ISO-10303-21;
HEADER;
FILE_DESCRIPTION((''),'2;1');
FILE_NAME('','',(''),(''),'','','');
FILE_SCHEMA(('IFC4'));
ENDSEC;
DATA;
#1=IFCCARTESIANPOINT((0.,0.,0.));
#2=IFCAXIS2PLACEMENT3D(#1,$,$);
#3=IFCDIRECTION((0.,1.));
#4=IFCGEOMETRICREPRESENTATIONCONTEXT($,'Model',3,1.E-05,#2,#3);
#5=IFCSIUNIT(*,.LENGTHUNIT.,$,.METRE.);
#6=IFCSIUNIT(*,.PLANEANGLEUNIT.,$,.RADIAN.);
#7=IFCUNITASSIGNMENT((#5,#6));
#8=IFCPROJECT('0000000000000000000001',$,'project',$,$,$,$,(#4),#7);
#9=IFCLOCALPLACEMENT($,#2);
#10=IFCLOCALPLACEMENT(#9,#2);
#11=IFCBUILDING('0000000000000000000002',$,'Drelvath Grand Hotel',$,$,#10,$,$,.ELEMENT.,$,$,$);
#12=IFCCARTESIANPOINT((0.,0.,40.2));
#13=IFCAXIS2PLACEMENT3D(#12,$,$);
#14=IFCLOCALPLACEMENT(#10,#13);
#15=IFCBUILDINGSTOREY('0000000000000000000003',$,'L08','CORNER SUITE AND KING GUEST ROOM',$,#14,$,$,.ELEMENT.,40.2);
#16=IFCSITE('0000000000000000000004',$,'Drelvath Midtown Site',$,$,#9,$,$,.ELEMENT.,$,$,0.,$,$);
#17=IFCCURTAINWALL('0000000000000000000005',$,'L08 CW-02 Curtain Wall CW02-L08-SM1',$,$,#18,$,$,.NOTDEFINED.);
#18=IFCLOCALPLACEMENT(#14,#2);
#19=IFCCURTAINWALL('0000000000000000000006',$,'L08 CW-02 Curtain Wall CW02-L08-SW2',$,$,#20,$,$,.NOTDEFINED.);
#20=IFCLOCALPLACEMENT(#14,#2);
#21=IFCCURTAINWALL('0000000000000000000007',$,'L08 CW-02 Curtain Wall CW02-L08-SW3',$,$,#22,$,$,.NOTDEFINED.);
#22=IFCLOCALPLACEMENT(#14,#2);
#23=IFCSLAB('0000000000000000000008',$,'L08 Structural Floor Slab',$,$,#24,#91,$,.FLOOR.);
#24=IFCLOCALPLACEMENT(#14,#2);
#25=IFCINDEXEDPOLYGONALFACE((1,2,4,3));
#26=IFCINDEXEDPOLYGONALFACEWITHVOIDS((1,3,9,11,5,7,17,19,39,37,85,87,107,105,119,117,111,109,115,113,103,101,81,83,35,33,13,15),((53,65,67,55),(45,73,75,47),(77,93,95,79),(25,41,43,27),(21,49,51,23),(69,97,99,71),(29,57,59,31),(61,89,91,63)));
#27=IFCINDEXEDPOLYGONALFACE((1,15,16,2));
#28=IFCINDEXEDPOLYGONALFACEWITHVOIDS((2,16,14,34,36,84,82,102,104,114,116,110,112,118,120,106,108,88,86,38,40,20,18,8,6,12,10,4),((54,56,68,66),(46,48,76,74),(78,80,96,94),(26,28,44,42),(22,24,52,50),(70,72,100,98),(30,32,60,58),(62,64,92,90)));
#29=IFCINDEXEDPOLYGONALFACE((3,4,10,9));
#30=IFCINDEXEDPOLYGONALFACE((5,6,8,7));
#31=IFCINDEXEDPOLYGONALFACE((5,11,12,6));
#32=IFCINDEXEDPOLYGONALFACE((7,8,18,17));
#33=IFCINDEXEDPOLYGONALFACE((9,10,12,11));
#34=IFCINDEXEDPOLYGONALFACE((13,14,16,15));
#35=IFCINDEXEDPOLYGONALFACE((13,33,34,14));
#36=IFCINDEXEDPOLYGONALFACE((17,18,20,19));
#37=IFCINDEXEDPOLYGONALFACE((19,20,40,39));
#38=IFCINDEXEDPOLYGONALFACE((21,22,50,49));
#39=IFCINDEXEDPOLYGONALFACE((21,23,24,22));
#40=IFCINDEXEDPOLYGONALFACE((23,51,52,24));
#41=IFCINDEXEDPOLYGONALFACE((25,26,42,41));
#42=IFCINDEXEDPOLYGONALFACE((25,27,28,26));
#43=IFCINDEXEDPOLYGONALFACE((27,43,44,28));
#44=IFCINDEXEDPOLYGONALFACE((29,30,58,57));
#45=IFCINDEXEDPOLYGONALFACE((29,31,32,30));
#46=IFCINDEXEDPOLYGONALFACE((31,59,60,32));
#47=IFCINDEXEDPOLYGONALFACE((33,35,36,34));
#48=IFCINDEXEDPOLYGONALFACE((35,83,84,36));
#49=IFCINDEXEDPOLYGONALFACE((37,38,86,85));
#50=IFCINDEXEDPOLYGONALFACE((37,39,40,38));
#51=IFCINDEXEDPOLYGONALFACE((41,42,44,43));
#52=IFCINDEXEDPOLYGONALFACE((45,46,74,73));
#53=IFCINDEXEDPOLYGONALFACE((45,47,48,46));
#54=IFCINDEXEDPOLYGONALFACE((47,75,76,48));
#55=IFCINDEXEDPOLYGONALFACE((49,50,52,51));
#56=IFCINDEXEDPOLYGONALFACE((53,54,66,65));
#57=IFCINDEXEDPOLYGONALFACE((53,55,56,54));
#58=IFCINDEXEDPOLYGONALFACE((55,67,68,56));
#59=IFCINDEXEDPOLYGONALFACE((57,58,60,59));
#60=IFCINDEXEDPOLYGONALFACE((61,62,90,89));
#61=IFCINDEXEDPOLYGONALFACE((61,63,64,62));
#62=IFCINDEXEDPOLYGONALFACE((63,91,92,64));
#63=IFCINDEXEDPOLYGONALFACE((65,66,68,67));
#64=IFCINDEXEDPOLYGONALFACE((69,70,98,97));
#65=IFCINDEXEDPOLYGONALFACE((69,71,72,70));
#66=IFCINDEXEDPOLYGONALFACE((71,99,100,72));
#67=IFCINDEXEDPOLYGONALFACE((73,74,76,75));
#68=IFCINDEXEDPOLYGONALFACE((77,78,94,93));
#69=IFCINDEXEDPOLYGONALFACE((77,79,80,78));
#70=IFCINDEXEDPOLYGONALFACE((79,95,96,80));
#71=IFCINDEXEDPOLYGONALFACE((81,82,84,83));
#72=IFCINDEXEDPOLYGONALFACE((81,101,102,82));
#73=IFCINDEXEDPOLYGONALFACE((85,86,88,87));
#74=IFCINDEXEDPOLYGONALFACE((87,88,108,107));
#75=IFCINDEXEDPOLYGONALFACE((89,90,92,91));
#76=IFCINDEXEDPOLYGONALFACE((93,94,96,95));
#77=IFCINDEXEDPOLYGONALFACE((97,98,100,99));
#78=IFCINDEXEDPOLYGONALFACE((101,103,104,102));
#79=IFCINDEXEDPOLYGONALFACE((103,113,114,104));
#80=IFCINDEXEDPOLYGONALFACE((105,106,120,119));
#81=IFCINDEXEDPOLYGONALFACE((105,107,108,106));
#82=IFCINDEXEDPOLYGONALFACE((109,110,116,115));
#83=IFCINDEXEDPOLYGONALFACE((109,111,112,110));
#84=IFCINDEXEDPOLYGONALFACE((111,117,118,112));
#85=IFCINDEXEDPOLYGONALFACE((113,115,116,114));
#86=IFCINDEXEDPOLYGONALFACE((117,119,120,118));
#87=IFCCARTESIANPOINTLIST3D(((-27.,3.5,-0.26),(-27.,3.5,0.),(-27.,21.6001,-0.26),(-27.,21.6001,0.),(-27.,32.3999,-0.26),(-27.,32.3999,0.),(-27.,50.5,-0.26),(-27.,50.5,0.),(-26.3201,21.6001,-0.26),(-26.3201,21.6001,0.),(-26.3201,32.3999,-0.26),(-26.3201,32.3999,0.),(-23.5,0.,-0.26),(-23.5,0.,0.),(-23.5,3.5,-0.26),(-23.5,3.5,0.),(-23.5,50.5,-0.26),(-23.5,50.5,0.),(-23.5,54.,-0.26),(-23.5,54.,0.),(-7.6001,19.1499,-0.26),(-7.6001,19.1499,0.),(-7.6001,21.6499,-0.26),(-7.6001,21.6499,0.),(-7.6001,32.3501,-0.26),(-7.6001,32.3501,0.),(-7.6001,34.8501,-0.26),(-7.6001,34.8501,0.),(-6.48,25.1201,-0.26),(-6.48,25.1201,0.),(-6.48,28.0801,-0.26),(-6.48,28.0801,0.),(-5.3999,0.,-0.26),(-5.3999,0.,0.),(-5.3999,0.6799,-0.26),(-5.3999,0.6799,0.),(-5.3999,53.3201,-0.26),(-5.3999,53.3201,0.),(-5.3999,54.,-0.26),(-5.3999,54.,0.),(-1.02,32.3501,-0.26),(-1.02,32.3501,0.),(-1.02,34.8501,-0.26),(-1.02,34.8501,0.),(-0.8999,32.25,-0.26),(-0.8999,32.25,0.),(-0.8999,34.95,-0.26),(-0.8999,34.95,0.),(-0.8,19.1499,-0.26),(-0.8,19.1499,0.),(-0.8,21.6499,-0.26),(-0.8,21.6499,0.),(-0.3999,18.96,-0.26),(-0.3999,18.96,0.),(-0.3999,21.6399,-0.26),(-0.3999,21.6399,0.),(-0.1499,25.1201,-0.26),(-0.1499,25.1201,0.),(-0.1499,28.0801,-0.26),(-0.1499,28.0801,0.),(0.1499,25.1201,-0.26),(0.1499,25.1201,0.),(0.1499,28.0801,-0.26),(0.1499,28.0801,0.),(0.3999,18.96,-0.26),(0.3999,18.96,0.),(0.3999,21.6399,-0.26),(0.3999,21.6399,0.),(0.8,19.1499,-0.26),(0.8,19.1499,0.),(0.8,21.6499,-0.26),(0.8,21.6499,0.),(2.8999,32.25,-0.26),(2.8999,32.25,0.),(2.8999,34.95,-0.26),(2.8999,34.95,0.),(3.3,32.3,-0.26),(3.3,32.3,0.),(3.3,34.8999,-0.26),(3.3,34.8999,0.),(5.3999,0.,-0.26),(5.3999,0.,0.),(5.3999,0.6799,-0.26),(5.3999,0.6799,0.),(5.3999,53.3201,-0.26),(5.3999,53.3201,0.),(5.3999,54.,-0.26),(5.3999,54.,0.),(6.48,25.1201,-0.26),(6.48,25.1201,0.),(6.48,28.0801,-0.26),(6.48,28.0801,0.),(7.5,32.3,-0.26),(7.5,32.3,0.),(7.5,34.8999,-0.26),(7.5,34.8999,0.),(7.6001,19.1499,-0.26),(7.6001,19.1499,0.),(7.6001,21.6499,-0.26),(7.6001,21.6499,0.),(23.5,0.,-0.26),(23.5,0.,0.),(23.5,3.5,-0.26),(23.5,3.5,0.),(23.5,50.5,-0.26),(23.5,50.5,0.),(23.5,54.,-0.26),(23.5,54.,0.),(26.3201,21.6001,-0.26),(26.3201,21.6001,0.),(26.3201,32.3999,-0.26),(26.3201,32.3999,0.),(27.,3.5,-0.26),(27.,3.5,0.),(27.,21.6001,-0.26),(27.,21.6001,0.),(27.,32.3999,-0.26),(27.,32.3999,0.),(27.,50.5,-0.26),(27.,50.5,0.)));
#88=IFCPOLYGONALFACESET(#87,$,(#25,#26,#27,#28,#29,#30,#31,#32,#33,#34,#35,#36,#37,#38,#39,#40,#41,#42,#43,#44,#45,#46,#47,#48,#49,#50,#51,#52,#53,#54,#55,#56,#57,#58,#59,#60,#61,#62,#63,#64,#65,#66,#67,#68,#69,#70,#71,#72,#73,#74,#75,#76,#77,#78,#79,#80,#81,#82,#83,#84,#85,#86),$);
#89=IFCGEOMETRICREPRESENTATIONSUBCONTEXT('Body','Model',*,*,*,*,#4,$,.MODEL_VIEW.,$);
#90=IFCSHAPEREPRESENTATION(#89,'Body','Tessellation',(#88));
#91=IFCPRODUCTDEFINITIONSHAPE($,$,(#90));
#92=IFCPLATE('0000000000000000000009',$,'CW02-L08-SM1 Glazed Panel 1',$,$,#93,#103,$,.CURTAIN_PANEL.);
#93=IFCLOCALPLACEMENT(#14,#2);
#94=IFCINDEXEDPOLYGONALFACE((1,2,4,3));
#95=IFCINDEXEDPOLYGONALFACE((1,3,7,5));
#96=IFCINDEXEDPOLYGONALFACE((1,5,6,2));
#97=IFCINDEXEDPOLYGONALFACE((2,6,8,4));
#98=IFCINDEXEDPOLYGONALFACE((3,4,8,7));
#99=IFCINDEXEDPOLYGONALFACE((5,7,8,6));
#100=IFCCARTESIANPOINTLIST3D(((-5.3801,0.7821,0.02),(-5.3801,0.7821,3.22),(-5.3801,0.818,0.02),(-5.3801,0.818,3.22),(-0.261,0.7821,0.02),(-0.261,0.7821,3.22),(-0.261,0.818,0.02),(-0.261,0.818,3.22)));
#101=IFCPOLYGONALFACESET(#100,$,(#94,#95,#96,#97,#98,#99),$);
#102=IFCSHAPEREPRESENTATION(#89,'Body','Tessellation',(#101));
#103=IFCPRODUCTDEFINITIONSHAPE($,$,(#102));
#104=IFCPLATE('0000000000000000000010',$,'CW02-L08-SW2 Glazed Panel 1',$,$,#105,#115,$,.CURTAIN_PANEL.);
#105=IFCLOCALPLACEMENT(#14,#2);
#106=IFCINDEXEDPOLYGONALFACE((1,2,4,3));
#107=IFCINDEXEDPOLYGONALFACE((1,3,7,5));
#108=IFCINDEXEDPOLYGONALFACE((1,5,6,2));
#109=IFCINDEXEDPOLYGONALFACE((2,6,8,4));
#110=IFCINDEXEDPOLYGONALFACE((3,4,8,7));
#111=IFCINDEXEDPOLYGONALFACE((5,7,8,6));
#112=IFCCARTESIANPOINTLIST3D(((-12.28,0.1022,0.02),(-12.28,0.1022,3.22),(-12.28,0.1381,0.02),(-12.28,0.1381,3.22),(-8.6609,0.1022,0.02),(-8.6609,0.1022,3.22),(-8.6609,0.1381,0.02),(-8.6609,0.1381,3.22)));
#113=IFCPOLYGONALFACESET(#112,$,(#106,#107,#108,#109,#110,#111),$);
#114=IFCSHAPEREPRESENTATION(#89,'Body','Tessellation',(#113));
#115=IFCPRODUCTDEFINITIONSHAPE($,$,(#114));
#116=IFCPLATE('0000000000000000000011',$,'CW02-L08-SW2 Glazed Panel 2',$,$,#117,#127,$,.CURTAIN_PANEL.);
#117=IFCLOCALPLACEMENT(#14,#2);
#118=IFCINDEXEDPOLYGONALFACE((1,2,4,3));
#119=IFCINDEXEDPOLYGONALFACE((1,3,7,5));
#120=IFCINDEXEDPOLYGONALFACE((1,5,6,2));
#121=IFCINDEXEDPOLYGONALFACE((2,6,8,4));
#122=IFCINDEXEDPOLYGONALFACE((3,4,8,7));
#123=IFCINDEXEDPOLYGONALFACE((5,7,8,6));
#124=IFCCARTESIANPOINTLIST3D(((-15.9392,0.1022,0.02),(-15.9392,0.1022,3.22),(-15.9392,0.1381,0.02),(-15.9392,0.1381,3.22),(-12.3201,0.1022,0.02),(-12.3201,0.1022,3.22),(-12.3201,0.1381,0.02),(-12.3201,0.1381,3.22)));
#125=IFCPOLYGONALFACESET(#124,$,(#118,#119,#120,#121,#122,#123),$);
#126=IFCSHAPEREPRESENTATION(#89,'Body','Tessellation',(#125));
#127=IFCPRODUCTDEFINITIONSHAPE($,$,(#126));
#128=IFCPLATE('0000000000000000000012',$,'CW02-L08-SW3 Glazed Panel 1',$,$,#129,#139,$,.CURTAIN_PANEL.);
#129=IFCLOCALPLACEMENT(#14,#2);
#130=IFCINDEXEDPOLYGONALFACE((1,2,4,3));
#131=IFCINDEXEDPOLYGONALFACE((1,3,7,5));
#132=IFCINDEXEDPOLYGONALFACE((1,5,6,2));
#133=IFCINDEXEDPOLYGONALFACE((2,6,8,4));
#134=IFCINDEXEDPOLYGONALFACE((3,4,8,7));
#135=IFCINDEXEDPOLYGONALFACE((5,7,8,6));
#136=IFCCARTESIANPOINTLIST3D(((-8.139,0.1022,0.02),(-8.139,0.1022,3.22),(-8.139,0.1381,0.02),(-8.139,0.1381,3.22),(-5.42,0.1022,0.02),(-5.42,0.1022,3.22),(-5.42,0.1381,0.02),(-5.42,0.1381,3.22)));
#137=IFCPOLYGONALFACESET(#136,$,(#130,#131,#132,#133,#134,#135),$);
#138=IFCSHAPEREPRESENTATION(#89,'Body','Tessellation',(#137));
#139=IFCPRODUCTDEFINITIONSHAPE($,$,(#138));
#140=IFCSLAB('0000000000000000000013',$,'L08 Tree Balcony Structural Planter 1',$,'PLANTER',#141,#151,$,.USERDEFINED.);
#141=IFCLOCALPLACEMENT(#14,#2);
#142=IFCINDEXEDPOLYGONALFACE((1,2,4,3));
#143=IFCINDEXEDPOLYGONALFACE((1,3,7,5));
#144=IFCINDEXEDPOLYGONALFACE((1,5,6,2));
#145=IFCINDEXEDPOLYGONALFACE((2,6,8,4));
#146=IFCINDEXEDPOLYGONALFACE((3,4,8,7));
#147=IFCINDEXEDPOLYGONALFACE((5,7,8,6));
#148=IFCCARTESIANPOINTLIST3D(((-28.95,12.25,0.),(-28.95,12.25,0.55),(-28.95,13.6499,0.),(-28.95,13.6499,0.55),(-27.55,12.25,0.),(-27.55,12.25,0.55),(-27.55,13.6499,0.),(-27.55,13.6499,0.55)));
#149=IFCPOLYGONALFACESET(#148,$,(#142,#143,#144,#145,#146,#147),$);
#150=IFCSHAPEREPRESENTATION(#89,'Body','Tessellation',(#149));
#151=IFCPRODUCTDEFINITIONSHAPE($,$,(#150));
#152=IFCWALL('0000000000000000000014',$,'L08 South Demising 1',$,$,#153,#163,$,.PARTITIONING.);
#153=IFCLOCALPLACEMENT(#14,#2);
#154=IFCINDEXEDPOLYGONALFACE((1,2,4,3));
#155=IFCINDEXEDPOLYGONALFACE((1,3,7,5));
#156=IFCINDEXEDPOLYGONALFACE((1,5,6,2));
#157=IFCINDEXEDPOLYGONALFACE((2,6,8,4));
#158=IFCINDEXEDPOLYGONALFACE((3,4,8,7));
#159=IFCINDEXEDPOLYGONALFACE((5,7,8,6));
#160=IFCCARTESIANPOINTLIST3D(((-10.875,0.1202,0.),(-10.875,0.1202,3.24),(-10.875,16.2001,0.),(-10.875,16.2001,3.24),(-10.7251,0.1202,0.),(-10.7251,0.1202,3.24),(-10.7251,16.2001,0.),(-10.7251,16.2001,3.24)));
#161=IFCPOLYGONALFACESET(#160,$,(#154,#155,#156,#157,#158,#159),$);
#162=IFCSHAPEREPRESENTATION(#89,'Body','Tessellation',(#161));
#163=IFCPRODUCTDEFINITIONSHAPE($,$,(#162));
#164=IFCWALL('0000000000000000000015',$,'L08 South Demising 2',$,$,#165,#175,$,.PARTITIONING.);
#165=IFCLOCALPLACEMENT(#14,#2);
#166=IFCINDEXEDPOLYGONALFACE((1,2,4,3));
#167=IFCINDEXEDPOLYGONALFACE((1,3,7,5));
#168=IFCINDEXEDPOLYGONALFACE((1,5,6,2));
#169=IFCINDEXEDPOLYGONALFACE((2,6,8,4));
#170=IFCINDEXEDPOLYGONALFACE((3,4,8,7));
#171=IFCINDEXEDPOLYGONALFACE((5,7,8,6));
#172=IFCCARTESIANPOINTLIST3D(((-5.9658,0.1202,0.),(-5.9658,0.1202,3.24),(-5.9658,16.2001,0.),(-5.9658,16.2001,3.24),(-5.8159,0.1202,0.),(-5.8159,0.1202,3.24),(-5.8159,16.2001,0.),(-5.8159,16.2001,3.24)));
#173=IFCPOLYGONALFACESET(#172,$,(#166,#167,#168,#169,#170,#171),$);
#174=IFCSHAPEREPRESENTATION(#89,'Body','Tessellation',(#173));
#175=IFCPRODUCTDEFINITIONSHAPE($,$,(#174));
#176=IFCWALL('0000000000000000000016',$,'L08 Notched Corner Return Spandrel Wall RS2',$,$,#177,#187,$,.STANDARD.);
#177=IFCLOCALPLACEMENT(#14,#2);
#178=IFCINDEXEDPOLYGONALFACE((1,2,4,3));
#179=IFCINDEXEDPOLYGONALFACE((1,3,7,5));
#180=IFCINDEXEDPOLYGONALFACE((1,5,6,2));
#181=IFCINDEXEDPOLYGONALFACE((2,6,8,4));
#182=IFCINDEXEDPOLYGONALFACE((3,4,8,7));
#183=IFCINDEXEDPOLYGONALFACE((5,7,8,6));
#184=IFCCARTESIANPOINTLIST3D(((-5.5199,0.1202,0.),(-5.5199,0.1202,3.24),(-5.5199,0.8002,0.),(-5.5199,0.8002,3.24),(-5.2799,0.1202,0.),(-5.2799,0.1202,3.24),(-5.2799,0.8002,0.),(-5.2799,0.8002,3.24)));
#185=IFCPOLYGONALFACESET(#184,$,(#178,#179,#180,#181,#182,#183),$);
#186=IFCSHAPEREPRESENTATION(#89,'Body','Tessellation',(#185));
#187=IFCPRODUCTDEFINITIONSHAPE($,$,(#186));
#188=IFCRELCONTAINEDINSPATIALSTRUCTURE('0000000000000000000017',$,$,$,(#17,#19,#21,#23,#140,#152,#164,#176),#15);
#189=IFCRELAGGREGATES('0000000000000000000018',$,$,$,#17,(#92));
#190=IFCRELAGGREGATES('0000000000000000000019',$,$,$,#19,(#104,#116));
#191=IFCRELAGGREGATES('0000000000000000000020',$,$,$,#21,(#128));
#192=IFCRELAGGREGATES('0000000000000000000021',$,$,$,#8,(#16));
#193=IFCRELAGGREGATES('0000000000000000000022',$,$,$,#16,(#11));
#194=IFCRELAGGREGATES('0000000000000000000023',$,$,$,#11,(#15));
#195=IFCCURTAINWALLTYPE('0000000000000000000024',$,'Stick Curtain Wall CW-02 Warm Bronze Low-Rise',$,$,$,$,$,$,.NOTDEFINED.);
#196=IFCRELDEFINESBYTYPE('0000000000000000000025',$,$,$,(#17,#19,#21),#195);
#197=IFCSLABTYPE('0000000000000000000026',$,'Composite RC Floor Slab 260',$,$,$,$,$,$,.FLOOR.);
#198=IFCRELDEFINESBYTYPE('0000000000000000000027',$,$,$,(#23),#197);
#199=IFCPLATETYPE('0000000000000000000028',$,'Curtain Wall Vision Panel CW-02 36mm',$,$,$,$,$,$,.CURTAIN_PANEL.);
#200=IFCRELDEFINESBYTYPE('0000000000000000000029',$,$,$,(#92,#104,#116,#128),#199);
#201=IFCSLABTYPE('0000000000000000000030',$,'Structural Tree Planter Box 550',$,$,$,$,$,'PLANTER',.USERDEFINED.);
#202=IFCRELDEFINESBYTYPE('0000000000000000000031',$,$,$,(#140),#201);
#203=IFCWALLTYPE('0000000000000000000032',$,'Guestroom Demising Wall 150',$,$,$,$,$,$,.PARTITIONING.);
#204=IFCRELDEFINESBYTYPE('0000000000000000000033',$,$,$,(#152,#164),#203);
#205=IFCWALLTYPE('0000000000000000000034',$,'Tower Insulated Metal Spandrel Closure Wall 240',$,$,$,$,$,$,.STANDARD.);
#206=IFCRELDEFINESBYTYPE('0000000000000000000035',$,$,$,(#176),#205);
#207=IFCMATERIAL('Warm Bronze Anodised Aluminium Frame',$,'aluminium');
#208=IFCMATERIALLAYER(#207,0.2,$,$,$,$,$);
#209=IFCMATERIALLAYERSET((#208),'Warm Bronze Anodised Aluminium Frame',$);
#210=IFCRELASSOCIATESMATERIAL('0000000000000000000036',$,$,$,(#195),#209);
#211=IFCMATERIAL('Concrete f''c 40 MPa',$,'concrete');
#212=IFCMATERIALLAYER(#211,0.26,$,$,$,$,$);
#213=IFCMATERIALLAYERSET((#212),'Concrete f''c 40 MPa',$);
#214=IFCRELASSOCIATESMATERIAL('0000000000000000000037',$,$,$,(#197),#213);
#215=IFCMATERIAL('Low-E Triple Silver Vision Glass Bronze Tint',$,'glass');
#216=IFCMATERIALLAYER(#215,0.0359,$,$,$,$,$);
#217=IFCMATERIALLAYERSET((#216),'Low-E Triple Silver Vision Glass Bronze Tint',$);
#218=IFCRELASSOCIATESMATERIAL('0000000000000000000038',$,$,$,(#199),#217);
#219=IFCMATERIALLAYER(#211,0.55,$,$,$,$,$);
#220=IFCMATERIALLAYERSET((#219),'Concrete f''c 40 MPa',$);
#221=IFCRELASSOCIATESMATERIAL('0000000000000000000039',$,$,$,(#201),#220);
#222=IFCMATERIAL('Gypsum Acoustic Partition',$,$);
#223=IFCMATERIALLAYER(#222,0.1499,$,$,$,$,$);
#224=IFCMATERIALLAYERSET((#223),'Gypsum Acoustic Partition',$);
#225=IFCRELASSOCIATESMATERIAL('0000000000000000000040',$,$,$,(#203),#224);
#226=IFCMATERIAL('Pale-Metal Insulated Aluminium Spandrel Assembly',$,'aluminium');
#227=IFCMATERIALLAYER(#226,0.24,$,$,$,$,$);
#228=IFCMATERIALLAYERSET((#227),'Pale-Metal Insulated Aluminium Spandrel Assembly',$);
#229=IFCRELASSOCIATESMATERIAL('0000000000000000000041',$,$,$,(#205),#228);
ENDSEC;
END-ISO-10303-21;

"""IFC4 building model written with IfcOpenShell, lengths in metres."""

from ifc_helpers import new_model, si_unit, direction, frame, frame_2d, origin, origin_2d, place, context, subcontext, project, spatial, polyline, rectangle, outline, extrude, material, layer, layer_set, type_object, element, aggregate, save


model = new_model("IFC4")

# Units and contexts
model_context = context("Model", 3, precision=1e-05, world=origin(), true_north=direction((0.0, 1.0)))
body_context = subcontext(model_context, "Body", "Model", "MODEL_VIEW")
ifc_project = project(units=[si_unit("LENGTHUNIT", "METRE"), si_unit("PLANEANGLEUNIT", "RADIAN")], contexts=[model_context])

# Site, building, storey
site_placement = place(None, origin())
site = spatial("IfcSite", under=ifc_project, at=site_placement, Name="Drelvath Midtown Site", CompositionType="ELEMENT", RefElevation=0.0)
building_placement = place(site_placement, origin())
building = spatial("IfcBuilding", under=site, at=building_placement, Name="Drelvath Grand Hotel", CompositionType="ELEMENT")
storey_placement = place(building_placement, frame((0.0, 0.0, 40.2)))
storey = spatial("IfcBuildingStorey", under=building, at=storey_placement, Name="L08", Description="CORNER SUITE AND KING GUEST ROOM", CompositionType="ELEMENT", Elevation=40.2)

# Curtain walls
ifc_material_1 = material(Name="Warm Bronze Anodised Aluminium Frame", Category="aluminium")
ifc_layer_1 = layer(ifc_material_1, 0.2)
ifc_layer_set_1 = layer_set([ifc_layer_1], Name="Warm Bronze Anodised Aluminium Frame")
curtain_wall_type = type_object("IfcCurtainWallType", Name="Stick Curtain Wall CW-02 Warm Bronze Low-Rise", PredefinedType="NOTDEFINED", material=ifc_layer_set_1)
curtain_wall_1_placement = place(storey_placement, origin())
curtain_wall_1 = element("IfcCurtainWall", 1, at=curtain_wall_1_placement, inside=storey, type_object=curtain_wall_type, Name="L08 CW-02 Curtain Wall CW02-L08-SM1", PredefinedType="NOTDEFINED")
curtain_wall_2_placement = place(storey_placement, origin())
curtain_wall_2 = element("IfcCurtainWall", 2, at=curtain_wall_2_placement, inside=storey, type_object=curtain_wall_type, Name="L08 CW-02 Curtain Wall CW02-L08-SW2", PredefinedType="NOTDEFINED")
curtain_wall_3_placement = place(storey_placement, origin())
curtain_wall_3 = element("IfcCurtainWall", 3, at=curtain_wall_3_placement, inside=storey, type_object=curtain_wall_type, Name="L08 CW-02 Curtain Wall CW02-L08-SW3", PredefinedType="NOTDEFINED")

# Slab
ifc_material_2 = material(Name="Concrete f'c 40 MPa", Category="concrete")
ifc_layer_2 = layer(ifc_material_2, 0.26)
ifc_layer_set_2 = layer_set([ifc_layer_2], Name="Concrete f'c 40 MPa")
slab_type_1 = type_object("IfcSlabType", Name="Composite RC Floor Slab 260", PredefinedType="FLOOR", material=ifc_layer_set_2)
slab_1_placement = place(storey_placement, frame((0.0, 0.0, -0.26)))
element("IfcSlab", 4, at=slab_1_placement, inside=storey, type_object=slab_type_1, Name="L08 Structural Floor Slab", PredefinedType="FLOOR", context=body_context, shape_type="SweptSolid", body=[
    extrude(outline(polyline([(-23.5, 0.0), (-5.3999, 0.0), (-5.3999, 0.6799), (5.3999, 0.6799), (5.3999, 0.0), (23.5, 0.0), (23.5, 3.5), (27.0, 3.5), (27.0, 21.6001), (26.3201, 21.6001), (26.3201, 32.3999), (27.0, 32.3999), (27.0, 50.5), (23.5, 50.5), (23.5, 54.0), (5.3999, 54.0), (5.3999, 53.3201), (-5.3999, 53.3201), (-5.3999, 54.0), (-23.5, 54.0), (-23.5, 50.5), (-27.0, 50.5), (-27.0, 32.3999), (-26.3201, 32.3999), (-26.3201, 21.6001), (-27.0, 21.6001), (-27.0, 3.5), (-23.5, 3.5), (-23.5, 0.0)]), holes=[polyline([(-6.48, 25.1201), (-6.48, 28.0801), (-0.1499, 28.0801), (-0.1499, 25.1201), (-6.48, 25.1201)]), polyline([(0.1499, 25.1201), (0.1499, 28.0801), (6.48, 28.0801), (6.48, 25.1201), (0.1499, 25.1201)]), polyline([(-7.6001, 19.1499), (-7.6001, 21.6499), (-0.8, 21.6499), (-0.8, 19.1499), (-7.6001, 19.1499)]), polyline([(-0.3999, 18.96), (-0.3999, 21.6399), (0.3999, 21.6399), (0.3999, 18.96), (-0.3999, 18.96)]), polyline([(0.8, 19.1499), (0.8, 21.6499), (7.6001, 21.6499), (7.6001, 19.1499), (0.8, 19.1499)]), polyline([(-7.6001, 32.3501), (-7.6001, 34.8501), (-1.02, 34.8501), (-1.02, 32.3501), (-7.6001, 32.3501)]), polyline([(-0.8999, 32.25), (-0.8999, 34.95), (2.8999, 34.95), (2.8999, 32.25), (-0.8999, 32.25)]), polyline([(3.3, 32.3), (3.3, 34.8999), (7.5, 34.8999), (7.5, 32.3), (3.3, 32.3)])]), origin(), (0.0, 0.0, 1.0), 0.26),
])

# Plates
ifc_material_3 = material(Name="Low-E Triple Silver Vision Glass Bronze Tint", Category="glass")
ifc_layer_3 = layer(ifc_material_3, 0.0359)
ifc_layer_set_3 = layer_set([ifc_layer_3], Name="Low-E Triple Silver Vision Glass Bronze Tint")
plate_type = type_object("IfcPlateType", Name="Curtain Wall Vision Panel CW-02 36mm", PredefinedType="CURTAIN_PANEL", material=ifc_layer_set_3)
plate_1_placement = place(storey_placement, frame((-2.8206, 0.8, 0.02), z_axis=(0.0, 0.0, 1.0), x_axis=(-1.0, 0.0, 0.0)))
plate_1 = element("IfcPlate", 5, at=plate_1_placement, type_object=plate_type, Name="CW02-L08-SM1 Glazed Panel 1", PredefinedType="CURTAIN_PANEL", context=body_context, shape_type="SweptSolid", body=[
    extrude(rectangle(XDim=5.1191, YDim=0.0359, at=origin_2d()), origin(), (0.0, 0.0, 1.0), 3.2),
])
aggregate(curtain_wall_1, [plate_1])
plate_2_placement = place(storey_placement, frame((-10.4705, 0.1201, 0.02), z_axis=(0.0, 0.0, 1.0), x_axis=(-1.0, 0.0, 0.0)))
plate_2 = element("IfcPlate", 6, at=plate_2_placement, type_object=plate_type, Name="CW02-L08-SW2 Glazed Panel 1", PredefinedType="CURTAIN_PANEL", context=body_context, shape_type="SweptSolid", body=[
    extrude(rectangle(XDim=3.6191, YDim=0.0359, at=origin_2d()), origin(), (0.0, 0.0, 1.0), 3.2),
])
plate_3_placement = place(storey_placement, frame((-14.1296, 0.1201, 0.02), z_axis=(0.0, 0.0, 1.0), x_axis=(-1.0, 0.0, 0.0)))
plate_3 = element("IfcPlate", 7, at=plate_3_placement, type_object=plate_type, Name="CW02-L08-SW2 Glazed Panel 2", PredefinedType="CURTAIN_PANEL", context=body_context, shape_type="SweptSolid", body=[
    extrude(rectangle(XDim=3.6191, YDim=0.0359, at=origin_2d()), origin(), (0.0, 0.0, 1.0), 3.2),
])
aggregate(curtain_wall_2, [plate_2, plate_3])
plate_4_placement = place(storey_placement, frame((-6.7795, 0.1201, 0.02), z_axis=(0.0, 0.0, 1.0), x_axis=(-1.0, 0.0, 0.0)))
plate_4 = element("IfcPlate", 8, at=plate_4_placement, type_object=plate_type, Name="CW02-L08-SW3 Glazed Panel 1", PredefinedType="CURTAIN_PANEL", context=body_context, shape_type="SweptSolid", body=[
    extrude(rectangle(XDim=2.719, YDim=0.0359, at=origin_2d()), origin(), (0.0, 0.0, 1.0), 3.2),
])
aggregate(curtain_wall_3, [plate_4])

# Slab
ifc_layer_4 = layer(ifc_material_2, 0.55)
ifc_layer_set_4 = layer_set([ifc_layer_4], Name="Concrete f'c 40 MPa")
slab_type_2 = type_object("IfcSlabType", Name="Structural Tree Planter Box 550", ElementType="PLANTER", PredefinedType="USERDEFINED", material=ifc_layer_set_4)
slab_2_placement = place(storey_placement, origin())
element("IfcSlab", 9, at=slab_2_placement, inside=storey, type_object=slab_type_2, Name="L08 Tree Balcony Structural Planter 1", ObjectType="PLANTER", PredefinedType="USERDEFINED", context=body_context, shape_type="SweptSolid", body=[
    extrude(outline(polyline([(-28.95, 12.25), (-27.55, 12.25), (-27.55, 13.6499), (-28.95, 13.6499), (-28.95, 12.25)])), origin(), (0.0, 0.0, 1.0), 0.55),
])

# Walls
ifc_material_4 = material(Name="Gypsum Acoustic Partition")
ifc_layer_5 = layer(ifc_material_4, 0.1499)
ifc_layer_set_5 = layer_set([ifc_layer_5], Name="Gypsum Acoustic Partition")
wall_type_1 = type_object("IfcWallType", Name="Guestroom Demising Wall 150", PredefinedType="PARTITIONING", material=ifc_layer_set_5)
for number, where, z_axis, x_axis, name in (
    (10, (-10.8, 0.1201, 0.0), (0.0, 0.0, 1.0), (0.0, 1.0, 0.0), "L08 South Demising 1"),
    (11, (-5.8909, 0.1201, 0.0), (0.0, 0.0, 1.0), (0.0, 1.0, 0.0), "L08 South Demising 2"),
):
    element("IfcWall", number, at=place(storey_placement, frame(where, z_axis=z_axis, x_axis=x_axis)), inside=storey, type_object=wall_type_1, Name=name, PredefinedType="PARTITIONING", context=body_context, shape_type="SweptSolid", body=[
        extrude(rectangle(XDim=16.0798, YDim=0.1499, at=frame_2d((8.04, 0.0))), origin(), (0.0, 0.0, 1.0), 3.24),
    ])
ifc_material_5 = material(Name="Pale-Metal Insulated Aluminium Spandrel Assembly", Category="aluminium")
ifc_layer_6 = layer(ifc_material_5, 0.24)
ifc_layer_set_6 = layer_set([ifc_layer_6], Name="Pale-Metal Insulated Aluminium Spandrel Assembly")
wall_type_2 = type_object("IfcWallType", Name="Tower Insulated Metal Spandrel Closure Wall 240", PredefinedType="STANDARD", material=ifc_layer_set_6)
wall_placement = place(storey_placement, frame((-5.3999, 0.8, 0.0), z_axis=(0.0, 0.0, 1.0), x_axis=(0.0, -1.0, 0.0)))
element("IfcWall", 12, at=wall_placement, inside=storey, type_object=wall_type_2, Name="L08 Notched Corner Return Spandrel Wall RS2", PredefinedType="STANDARD", context=body_context, shape_type="SweptSolid", body=[
    extrude(rectangle(XDim=0.6799, YDim=0.24, at=frame_2d((0.3398, 0.0))), origin(), (0.0, 0.0, 1.0), 3.24),
])

save(model, "model.ifc")
